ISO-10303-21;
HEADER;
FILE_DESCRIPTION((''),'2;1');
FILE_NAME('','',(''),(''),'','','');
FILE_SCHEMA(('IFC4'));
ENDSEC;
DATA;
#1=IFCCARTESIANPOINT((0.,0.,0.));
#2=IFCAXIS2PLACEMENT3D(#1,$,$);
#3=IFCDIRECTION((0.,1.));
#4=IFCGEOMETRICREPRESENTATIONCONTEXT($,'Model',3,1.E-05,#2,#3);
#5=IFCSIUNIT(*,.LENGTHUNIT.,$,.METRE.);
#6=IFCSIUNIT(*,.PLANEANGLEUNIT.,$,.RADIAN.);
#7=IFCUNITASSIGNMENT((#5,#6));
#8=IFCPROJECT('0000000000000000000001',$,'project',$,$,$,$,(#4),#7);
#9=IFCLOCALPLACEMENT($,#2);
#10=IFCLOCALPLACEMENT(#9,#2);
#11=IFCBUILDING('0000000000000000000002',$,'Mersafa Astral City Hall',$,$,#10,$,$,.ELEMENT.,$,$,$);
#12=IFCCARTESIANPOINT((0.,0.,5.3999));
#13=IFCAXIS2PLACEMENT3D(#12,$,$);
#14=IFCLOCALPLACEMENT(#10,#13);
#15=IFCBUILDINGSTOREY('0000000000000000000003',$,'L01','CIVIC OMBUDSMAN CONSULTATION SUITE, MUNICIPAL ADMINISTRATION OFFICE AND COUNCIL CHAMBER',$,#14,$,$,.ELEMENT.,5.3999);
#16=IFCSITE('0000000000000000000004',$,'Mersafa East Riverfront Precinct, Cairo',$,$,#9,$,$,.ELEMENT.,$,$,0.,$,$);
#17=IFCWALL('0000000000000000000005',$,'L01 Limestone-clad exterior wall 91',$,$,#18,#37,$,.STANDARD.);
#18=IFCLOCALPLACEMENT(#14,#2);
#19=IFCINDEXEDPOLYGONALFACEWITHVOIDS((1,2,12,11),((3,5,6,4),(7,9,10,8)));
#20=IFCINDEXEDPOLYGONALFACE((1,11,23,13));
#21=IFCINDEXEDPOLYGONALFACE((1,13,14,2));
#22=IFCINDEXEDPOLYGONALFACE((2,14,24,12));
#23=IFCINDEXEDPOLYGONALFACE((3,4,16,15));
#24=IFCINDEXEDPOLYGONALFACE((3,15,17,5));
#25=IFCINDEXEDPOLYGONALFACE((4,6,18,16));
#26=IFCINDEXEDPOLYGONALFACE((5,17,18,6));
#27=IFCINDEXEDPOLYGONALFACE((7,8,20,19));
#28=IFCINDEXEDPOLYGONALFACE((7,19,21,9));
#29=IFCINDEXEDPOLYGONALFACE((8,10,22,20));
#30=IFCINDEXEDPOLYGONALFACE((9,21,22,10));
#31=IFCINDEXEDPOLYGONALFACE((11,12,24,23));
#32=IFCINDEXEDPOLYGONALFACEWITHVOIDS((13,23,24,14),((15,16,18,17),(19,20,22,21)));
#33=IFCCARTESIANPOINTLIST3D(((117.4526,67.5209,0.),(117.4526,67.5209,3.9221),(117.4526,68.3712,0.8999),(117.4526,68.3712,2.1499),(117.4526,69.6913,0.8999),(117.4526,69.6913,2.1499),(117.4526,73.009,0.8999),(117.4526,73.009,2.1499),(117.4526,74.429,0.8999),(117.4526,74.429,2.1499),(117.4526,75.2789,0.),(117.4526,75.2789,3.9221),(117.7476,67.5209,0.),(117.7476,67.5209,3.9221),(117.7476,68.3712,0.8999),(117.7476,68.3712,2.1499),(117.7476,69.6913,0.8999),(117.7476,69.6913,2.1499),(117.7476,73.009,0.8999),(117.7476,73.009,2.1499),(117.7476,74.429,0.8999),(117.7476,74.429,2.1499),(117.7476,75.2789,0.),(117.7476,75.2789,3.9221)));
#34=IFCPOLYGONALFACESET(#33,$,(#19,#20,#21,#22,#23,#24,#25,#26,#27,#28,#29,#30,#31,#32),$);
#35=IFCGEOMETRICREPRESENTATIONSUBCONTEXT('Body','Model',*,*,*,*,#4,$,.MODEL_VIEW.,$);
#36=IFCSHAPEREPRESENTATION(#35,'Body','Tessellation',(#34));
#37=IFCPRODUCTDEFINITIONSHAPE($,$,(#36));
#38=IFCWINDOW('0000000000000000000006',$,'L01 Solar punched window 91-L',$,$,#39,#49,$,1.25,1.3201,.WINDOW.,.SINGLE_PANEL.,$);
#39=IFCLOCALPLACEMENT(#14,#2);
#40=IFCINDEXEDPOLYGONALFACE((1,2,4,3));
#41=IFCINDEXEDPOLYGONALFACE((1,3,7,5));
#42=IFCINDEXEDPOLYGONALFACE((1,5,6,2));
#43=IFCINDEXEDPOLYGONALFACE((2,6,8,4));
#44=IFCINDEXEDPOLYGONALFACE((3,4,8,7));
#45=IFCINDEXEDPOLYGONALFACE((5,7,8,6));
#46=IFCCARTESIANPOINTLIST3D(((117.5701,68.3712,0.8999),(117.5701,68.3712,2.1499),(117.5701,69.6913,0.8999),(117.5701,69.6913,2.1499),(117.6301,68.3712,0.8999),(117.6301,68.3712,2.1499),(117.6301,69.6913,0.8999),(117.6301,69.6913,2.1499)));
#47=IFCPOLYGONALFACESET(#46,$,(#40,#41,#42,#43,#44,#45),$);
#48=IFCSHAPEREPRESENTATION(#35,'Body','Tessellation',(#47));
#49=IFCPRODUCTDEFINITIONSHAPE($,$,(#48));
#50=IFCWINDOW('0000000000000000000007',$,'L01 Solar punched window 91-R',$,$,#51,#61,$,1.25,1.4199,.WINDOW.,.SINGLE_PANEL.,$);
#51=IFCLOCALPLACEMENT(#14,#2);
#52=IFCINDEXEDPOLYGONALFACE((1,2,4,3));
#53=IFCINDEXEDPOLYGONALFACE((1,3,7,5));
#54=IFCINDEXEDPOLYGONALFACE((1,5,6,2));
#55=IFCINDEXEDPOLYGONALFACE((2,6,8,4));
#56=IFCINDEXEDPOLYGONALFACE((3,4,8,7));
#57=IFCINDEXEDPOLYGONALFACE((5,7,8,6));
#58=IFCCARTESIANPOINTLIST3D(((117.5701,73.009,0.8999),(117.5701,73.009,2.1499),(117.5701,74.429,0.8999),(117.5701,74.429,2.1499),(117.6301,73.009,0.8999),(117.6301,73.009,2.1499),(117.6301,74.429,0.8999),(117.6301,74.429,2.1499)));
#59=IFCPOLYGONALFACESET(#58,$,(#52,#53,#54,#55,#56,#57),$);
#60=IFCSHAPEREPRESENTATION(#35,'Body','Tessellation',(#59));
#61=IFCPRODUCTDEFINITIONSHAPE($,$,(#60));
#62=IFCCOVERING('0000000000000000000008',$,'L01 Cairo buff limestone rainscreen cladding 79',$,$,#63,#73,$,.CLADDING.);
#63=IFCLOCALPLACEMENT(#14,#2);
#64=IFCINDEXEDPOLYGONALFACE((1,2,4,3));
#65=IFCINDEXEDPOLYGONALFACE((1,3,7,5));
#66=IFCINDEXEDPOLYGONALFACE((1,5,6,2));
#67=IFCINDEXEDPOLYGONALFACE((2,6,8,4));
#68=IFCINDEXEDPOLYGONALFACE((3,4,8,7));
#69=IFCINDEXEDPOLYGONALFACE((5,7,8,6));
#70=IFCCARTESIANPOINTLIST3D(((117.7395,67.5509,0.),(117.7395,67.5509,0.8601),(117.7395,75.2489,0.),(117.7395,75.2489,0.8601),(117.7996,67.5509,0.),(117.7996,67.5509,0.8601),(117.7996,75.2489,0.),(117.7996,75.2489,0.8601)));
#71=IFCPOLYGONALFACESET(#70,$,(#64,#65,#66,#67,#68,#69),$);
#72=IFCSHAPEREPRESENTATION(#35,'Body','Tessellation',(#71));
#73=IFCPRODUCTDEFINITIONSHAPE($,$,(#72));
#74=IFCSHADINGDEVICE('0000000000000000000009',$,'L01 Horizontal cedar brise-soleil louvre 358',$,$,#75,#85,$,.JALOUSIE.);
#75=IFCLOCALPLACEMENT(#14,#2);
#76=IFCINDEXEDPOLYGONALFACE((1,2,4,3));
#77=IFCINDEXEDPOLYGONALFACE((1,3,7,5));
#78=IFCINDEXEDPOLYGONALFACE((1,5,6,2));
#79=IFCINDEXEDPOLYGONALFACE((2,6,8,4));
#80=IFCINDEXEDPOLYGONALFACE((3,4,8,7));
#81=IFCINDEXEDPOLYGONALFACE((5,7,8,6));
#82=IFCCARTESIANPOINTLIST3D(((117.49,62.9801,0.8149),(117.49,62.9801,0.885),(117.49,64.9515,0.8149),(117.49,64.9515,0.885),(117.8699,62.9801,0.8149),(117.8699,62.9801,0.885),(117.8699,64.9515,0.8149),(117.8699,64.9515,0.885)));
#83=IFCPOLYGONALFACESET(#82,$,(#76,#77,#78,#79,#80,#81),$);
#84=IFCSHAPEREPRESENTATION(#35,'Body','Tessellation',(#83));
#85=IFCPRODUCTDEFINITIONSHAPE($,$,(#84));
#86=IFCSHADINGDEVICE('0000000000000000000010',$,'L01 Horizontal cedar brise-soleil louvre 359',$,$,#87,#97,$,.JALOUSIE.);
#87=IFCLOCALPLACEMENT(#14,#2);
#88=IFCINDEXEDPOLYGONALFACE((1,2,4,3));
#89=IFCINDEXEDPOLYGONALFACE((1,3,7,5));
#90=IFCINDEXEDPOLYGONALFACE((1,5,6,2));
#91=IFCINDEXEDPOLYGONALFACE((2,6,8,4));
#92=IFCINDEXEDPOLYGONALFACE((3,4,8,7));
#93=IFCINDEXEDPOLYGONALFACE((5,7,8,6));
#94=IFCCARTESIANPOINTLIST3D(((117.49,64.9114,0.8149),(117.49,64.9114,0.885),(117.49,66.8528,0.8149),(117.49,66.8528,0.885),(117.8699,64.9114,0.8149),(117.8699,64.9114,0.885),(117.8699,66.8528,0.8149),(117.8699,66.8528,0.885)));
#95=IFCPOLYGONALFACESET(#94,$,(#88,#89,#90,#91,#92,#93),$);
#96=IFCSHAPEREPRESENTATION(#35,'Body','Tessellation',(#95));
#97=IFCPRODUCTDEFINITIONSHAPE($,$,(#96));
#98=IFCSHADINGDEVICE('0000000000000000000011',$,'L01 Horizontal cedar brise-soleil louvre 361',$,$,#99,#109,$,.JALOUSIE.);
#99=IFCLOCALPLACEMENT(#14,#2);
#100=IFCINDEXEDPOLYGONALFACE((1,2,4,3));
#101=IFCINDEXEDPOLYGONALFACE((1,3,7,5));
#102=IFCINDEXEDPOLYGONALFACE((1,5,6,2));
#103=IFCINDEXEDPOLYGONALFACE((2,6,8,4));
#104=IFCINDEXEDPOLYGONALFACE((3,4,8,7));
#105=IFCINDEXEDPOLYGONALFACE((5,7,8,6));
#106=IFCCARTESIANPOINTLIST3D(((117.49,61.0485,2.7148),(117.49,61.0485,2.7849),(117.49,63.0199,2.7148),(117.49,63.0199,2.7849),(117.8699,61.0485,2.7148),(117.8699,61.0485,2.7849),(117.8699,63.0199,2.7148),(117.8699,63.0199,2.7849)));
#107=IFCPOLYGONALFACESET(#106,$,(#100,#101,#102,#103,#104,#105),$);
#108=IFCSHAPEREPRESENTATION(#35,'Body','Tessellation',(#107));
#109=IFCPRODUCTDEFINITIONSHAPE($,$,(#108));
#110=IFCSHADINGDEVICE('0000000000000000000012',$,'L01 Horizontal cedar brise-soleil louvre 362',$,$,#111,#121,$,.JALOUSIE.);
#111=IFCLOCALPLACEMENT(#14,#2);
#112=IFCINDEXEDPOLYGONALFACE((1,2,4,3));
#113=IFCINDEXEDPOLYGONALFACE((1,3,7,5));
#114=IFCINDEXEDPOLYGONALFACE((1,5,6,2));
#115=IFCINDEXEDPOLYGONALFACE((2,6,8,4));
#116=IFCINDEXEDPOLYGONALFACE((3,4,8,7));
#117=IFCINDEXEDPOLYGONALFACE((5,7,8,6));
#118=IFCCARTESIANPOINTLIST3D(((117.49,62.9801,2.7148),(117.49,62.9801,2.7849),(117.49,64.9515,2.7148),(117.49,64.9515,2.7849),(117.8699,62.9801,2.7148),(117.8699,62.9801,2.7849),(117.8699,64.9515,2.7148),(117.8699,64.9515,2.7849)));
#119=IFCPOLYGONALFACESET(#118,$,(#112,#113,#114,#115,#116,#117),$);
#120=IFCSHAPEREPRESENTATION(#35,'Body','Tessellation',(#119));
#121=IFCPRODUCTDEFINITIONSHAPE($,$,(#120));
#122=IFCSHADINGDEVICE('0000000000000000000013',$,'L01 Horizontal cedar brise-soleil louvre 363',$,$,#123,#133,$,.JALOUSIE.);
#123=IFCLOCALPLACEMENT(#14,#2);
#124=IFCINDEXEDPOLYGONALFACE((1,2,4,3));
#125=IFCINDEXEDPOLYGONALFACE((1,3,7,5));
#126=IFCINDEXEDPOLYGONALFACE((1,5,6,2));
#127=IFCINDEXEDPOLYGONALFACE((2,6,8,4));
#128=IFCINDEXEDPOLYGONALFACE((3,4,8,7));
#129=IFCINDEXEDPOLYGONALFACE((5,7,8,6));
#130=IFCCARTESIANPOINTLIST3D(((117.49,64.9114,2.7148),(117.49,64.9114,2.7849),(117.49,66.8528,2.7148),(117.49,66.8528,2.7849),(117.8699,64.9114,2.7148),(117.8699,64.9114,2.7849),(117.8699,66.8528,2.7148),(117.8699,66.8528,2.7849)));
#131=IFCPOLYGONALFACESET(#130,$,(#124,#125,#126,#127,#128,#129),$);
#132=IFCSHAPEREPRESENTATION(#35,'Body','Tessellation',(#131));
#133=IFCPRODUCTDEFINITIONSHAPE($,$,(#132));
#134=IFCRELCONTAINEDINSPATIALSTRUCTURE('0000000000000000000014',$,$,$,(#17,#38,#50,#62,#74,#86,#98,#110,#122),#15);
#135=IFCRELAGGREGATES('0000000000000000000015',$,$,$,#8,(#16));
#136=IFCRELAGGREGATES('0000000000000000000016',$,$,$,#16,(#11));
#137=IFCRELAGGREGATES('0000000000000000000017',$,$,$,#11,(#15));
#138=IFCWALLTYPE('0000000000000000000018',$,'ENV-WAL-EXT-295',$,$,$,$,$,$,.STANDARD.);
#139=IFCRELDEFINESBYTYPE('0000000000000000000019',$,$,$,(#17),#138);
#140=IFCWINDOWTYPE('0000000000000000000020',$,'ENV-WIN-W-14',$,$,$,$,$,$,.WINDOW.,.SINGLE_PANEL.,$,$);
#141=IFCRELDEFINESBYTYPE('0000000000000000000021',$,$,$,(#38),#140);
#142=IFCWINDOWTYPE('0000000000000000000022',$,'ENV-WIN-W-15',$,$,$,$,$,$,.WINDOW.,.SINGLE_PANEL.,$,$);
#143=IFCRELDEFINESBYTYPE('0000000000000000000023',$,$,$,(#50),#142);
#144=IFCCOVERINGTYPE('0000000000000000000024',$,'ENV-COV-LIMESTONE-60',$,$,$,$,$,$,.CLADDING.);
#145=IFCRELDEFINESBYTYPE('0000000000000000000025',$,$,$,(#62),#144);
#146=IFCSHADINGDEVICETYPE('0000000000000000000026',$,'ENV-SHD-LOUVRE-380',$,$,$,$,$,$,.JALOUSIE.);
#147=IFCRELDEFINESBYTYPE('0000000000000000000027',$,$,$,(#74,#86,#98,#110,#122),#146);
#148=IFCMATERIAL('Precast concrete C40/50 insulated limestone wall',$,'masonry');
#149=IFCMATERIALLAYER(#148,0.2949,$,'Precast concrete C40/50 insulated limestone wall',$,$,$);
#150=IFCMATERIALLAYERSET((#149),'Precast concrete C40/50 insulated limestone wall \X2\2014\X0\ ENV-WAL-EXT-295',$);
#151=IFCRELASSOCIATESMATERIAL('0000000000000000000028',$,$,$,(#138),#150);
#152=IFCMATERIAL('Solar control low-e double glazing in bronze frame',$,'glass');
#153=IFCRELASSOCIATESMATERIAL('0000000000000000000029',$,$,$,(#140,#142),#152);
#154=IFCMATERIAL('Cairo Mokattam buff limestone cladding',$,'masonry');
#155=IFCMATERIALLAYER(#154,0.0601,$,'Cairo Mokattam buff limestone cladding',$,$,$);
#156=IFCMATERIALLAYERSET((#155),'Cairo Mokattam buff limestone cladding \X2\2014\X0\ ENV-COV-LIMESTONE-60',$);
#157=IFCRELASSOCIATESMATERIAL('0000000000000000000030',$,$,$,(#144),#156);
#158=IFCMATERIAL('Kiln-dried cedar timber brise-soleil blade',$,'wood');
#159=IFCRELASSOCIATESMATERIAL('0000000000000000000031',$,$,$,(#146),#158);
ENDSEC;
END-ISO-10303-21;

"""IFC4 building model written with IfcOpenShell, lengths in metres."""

from ifc_helpers import new_model, si_unit, direction, frame, frame_2d, origin, origin_2d, place, context, subcontext, project, spatial, rectangle, extrude, material, layer, layer_set, type_object, element, fill, save


model = new_model("IFC4")

# Units and contexts
model_context = context("Model", 3, precision=1e-05, world=origin(), true_north=direction((0.0, 1.0)))
body_context = subcontext(model_context, "Body", "Model", "MODEL_VIEW")
ifc_project = project(units=[si_unit("LENGTHUNIT", "METRE"), si_unit("PLANEANGLEUNIT", "RADIAN")], contexts=[model_context])

# Site, building, storey
site_placement = place(None, origin())
site = spatial("IfcSite", under=ifc_project, at=site_placement, Name="Mersafa East Riverfront Precinct, Cairo", CompositionType="ELEMENT", RefElevation=0.0)
building_placement = place(site_placement, origin())
building = spatial("IfcBuilding", under=site, at=building_placement, Name="Mersafa Astral City Hall", CompositionType="ELEMENT")
storey_placement = place(building_placement, frame((0.0, 0.0, 5.3999)))
storey = spatial("IfcBuildingStorey", under=building, at=storey_placement, Name="L01", Description="CIVIC OMBUDSMAN CONSULTATION SUITE, MUNICIPAL ADMINISTRATION OFFICE AND COUNCIL CHAMBER", CompositionType="ELEMENT", Elevation=5.3999)

# Wall, openings, windows
ifc_material_1 = material(Name="Precast concrete C40/50 insulated limestone wall", Category="masonry")
ifc_layer_1 = layer(ifc_material_1, 0.2949, Name="Precast concrete C40/50 insulated limestone wall")
ifc_layer_set_1 = layer_set([ifc_layer_1], Name="Precast concrete C40/50 insulated limestone wall — ENV-WAL-EXT-295")
wall_type = type_object("IfcWallType", Name="ENV-WAL-EXT-295", PredefinedType="STANDARD", material=ifc_layer_set_1)
wall_placement = place(storey_placement, frame((117.6001, 67.521, 0.0), z_axis=(0.0, 0.0, 1.0), x_axis=(0.0, 1.0, 0.0)))
wall = element("IfcWall", 1, at=wall_placement, inside=storey, type_object=wall_type, Name="L01 Limestone-clad exterior wall 91", PredefinedType="STANDARD", context=body_context, shape_type="SweptSolid", body=[
    extrude(rectangle(XDim=7.7581, YDim=0.2949, at=frame_2d((3.8789, 0.0))), origin(), (0.0, 0.0, 1.0), 3.9221),
])
opening_1_placement = place(wall_placement, frame((0.8501, 0.0, 0.8999)))
opening_1 = element("IfcOpeningElement", 2, at=opening_1_placement, cuts=wall, PredefinedType="OPENING", context=body_context, shape_type="SweptSolid", body=[
    extrude(rectangle(XDim=1.3201, YDim=1.25, at=frame_2d((0.6602, 0.625))), frame((0.0, 0.1575, 0.0), z_axis=(0.0, -1.0, 0.0), x_axis=(1.0, 0.0, 0.0)), (0.0, 0.0, 1.0), 0.3149),
])
opening_2_placement = place(wall_placement, frame((5.488, 0.0, 0.8999)))
opening_2 = element("IfcOpeningElement", 3, at=opening_2_placement, cuts=wall, PredefinedType="OPENING", context=body_context, shape_type="SweptSolid", body=[
    extrude(rectangle(XDim=1.4199, YDim=1.25, at=frame_2d((0.71, 0.625))), frame((0.0, 0.1575, 0.0), z_axis=(0.0, -1.0, 0.0), x_axis=(1.0, 0.0, 0.0)), (0.0, 0.0, 1.0), 0.3149),
])
ifc_material_2 = material(Name="Solar control low-e double glazing in bronze frame", Category="glass")
window_type_1 = type_object("IfcWindowType", Name="ENV-WIN-W-14", PartitioningType="SINGLE_PANEL", PredefinedType="WINDOW", material=ifc_material_2)
window_1_placement = place(opening_1_placement, origin())
window_1 = element("IfcWindow", 4, at=window_1_placement, inside=storey, type_object=window_type_1, Name="L01 Solar punched window 91-L", OverallHeight=1.25, OverallWidth=1.3201, PartitioningType="SINGLE_PANEL", PredefinedType="WINDOW", context=body_context, shape_type="SweptSolid", body=[
    extrude(rectangle(XDim=1.3201, YDim=1.25, at=frame_2d((0.6602, 0.625))), frame((0.0, 0.03, 0.0), z_axis=(0.0, -1.0, 0.0), x_axis=(1.0, 0.0, 0.0)), (0.0, 0.0, 1.0), 0.0601),
])
fill(opening_1, window_1)
window_type_2 = type_object("IfcWindowType", Name="ENV-WIN-W-15", PartitioningType="SINGLE_PANEL", PredefinedType="WINDOW", material=ifc_material_2)
window_2_placement = place(opening_2_placement, origin())
window_2 = element("IfcWindow", 5, at=window_2_placement, inside=storey, type_object=window_type_2, Name="L01 Solar punched window 91-R", OverallHeight=1.25, OverallWidth=1.4199, PartitioningType="SINGLE_PANEL", PredefinedType="WINDOW", context=body_context, shape_type="SweptSolid", body=[
    extrude(rectangle(XDim=1.4199, YDim=1.25, at=frame_2d((0.71, 0.625))), frame((0.0, 0.03, 0.0), z_axis=(0.0, -1.0, 0.0), x_axis=(1.0, 0.0, 0.0)), (0.0, 0.0, 1.0), 0.0601),
])
fill(opening_2, window_2)

# Covering
ifc_material_3 = material(Name="Cairo Mokattam buff limestone cladding", Category="masonry")
ifc_layer_2 = layer(ifc_material_3, 0.0601, Name="Cairo Mokattam buff limestone cladding")
ifc_layer_set_2 = layer_set([ifc_layer_2], Name="Cairo Mokattam buff limestone cladding — ENV-COV-LIMESTONE-60")
covering_type = type_object("IfcCoveringType", Name="ENV-COV-LIMESTONE-60", PredefinedType="CLADDING", material=ifc_layer_set_2)
covering_placement = place(storey_placement, frame((117.7695, 71.3999, 0.0), z_axis=(0.0, 0.0, 1.0), x_axis=(0.0, 1.0, 0.0)))
element("IfcCovering", 6, at=covering_placement, inside=storey, type_object=covering_type, Name="L01 Cairo buff limestone rainscreen cladding 79", PredefinedType="CLADDING", context=body_context, shape_type="SweptSolid", body=[
    extrude(rectangle(XDim=7.698, YDim=0.0601, at=origin_2d()), origin(), (0.0, 0.0, 1.0), 0.8601),
])

# Shading devices
ifc_material_4 = material(Name="Kiln-dried cedar timber brise-soleil blade", Category="wood")
shading_device_type = type_object("IfcShadingDeviceType", Name="ENV-SHD-LOUVRE-380", PredefinedType="JALOUSIE", material=ifc_material_4)
shading_device_1_placement = place(storey_placement, frame((117.6799, 63.9658, 0.8149), z_axis=(0.0, 0.0, 1.0), x_axis=(0.0, 1.0, 0.0)))
element("IfcShadingDevice", 7, at=shading_device_1_placement, inside=storey, type_object=shading_device_type, Name="L01 Horizontal cedar brise-soleil louvre 358", PredefinedType="JALOUSIE", context=body_context, shape_type="SweptSolid", body=[
    extrude(rectangle(XDim=1.9714, YDim=0.3799, at=origin_2d()), origin(), (0.0, 0.0, 1.0), 0.0701),
])
shading_device_2_placement = place(storey_placement, frame((117.6799, 65.8821, 0.8149), z_axis=(0.0, 0.0, 1.0), x_axis=(0.0, 1.0, 0.0)))
element("IfcShadingDevice", 8, at=shading_device_2_placement, inside=storey, type_object=shading_device_type, Name="L01 Horizontal cedar brise-soleil louvre 359", PredefinedType="JALOUSIE", context=body_context, shape_type="SweptSolid", body=[
    extrude(rectangle(XDim=1.9414, YDim=0.3799, at=origin_2d()), origin(), (0.0, 0.0, 1.0), 0.0701),
])
for number, where, z_axis, x_axis, name in (
    (9, (117.6799, 62.0342, 2.7148), (0.0, 0.0, 1.0), (0.0, 1.0, 0.0), "L01 Horizontal cedar brise-soleil louvre 361"),
    (10, (117.6799, 63.9658, 2.7148), (0.0, 0.0, 1.0), (0.0, 1.0, 0.0), "L01 Horizontal cedar brise-soleil louvre 362"),
):
    element("IfcShadingDevice", number, at=place(storey_placement, frame(where, z_axis=z_axis, x_axis=x_axis)), inside=storey, type_object=shading_device_type, Name=name, PredefinedType="JALOUSIE", context=body_context, shape_type="SweptSolid", body=[
        extrude(rectangle(XDim=1.9714, YDim=0.3799, at=origin_2d()), origin(), (0.0, 0.0, 1.0), 0.0701),
    ])
shading_device_3_placement = place(storey_placement, frame((117.6799, 65.8821, 2.7148), z_axis=(0.0, 0.0, 1.0), x_axis=(0.0, 1.0, 0.0)))
element("IfcShadingDevice", 11, at=shading_device_3_placement, inside=storey, type_object=shading_device_type, Name="L01 Horizontal cedar brise-soleil louvre 363", PredefinedType="JALOUSIE", context=body_context, shape_type="SweptSolid", body=[
    extrude(rectangle(XDim=1.9414, YDim=0.3799, at=origin_2d()), origin(), (0.0, 0.0, 1.0), 0.0701),
])

save(model, "model.ifc")
